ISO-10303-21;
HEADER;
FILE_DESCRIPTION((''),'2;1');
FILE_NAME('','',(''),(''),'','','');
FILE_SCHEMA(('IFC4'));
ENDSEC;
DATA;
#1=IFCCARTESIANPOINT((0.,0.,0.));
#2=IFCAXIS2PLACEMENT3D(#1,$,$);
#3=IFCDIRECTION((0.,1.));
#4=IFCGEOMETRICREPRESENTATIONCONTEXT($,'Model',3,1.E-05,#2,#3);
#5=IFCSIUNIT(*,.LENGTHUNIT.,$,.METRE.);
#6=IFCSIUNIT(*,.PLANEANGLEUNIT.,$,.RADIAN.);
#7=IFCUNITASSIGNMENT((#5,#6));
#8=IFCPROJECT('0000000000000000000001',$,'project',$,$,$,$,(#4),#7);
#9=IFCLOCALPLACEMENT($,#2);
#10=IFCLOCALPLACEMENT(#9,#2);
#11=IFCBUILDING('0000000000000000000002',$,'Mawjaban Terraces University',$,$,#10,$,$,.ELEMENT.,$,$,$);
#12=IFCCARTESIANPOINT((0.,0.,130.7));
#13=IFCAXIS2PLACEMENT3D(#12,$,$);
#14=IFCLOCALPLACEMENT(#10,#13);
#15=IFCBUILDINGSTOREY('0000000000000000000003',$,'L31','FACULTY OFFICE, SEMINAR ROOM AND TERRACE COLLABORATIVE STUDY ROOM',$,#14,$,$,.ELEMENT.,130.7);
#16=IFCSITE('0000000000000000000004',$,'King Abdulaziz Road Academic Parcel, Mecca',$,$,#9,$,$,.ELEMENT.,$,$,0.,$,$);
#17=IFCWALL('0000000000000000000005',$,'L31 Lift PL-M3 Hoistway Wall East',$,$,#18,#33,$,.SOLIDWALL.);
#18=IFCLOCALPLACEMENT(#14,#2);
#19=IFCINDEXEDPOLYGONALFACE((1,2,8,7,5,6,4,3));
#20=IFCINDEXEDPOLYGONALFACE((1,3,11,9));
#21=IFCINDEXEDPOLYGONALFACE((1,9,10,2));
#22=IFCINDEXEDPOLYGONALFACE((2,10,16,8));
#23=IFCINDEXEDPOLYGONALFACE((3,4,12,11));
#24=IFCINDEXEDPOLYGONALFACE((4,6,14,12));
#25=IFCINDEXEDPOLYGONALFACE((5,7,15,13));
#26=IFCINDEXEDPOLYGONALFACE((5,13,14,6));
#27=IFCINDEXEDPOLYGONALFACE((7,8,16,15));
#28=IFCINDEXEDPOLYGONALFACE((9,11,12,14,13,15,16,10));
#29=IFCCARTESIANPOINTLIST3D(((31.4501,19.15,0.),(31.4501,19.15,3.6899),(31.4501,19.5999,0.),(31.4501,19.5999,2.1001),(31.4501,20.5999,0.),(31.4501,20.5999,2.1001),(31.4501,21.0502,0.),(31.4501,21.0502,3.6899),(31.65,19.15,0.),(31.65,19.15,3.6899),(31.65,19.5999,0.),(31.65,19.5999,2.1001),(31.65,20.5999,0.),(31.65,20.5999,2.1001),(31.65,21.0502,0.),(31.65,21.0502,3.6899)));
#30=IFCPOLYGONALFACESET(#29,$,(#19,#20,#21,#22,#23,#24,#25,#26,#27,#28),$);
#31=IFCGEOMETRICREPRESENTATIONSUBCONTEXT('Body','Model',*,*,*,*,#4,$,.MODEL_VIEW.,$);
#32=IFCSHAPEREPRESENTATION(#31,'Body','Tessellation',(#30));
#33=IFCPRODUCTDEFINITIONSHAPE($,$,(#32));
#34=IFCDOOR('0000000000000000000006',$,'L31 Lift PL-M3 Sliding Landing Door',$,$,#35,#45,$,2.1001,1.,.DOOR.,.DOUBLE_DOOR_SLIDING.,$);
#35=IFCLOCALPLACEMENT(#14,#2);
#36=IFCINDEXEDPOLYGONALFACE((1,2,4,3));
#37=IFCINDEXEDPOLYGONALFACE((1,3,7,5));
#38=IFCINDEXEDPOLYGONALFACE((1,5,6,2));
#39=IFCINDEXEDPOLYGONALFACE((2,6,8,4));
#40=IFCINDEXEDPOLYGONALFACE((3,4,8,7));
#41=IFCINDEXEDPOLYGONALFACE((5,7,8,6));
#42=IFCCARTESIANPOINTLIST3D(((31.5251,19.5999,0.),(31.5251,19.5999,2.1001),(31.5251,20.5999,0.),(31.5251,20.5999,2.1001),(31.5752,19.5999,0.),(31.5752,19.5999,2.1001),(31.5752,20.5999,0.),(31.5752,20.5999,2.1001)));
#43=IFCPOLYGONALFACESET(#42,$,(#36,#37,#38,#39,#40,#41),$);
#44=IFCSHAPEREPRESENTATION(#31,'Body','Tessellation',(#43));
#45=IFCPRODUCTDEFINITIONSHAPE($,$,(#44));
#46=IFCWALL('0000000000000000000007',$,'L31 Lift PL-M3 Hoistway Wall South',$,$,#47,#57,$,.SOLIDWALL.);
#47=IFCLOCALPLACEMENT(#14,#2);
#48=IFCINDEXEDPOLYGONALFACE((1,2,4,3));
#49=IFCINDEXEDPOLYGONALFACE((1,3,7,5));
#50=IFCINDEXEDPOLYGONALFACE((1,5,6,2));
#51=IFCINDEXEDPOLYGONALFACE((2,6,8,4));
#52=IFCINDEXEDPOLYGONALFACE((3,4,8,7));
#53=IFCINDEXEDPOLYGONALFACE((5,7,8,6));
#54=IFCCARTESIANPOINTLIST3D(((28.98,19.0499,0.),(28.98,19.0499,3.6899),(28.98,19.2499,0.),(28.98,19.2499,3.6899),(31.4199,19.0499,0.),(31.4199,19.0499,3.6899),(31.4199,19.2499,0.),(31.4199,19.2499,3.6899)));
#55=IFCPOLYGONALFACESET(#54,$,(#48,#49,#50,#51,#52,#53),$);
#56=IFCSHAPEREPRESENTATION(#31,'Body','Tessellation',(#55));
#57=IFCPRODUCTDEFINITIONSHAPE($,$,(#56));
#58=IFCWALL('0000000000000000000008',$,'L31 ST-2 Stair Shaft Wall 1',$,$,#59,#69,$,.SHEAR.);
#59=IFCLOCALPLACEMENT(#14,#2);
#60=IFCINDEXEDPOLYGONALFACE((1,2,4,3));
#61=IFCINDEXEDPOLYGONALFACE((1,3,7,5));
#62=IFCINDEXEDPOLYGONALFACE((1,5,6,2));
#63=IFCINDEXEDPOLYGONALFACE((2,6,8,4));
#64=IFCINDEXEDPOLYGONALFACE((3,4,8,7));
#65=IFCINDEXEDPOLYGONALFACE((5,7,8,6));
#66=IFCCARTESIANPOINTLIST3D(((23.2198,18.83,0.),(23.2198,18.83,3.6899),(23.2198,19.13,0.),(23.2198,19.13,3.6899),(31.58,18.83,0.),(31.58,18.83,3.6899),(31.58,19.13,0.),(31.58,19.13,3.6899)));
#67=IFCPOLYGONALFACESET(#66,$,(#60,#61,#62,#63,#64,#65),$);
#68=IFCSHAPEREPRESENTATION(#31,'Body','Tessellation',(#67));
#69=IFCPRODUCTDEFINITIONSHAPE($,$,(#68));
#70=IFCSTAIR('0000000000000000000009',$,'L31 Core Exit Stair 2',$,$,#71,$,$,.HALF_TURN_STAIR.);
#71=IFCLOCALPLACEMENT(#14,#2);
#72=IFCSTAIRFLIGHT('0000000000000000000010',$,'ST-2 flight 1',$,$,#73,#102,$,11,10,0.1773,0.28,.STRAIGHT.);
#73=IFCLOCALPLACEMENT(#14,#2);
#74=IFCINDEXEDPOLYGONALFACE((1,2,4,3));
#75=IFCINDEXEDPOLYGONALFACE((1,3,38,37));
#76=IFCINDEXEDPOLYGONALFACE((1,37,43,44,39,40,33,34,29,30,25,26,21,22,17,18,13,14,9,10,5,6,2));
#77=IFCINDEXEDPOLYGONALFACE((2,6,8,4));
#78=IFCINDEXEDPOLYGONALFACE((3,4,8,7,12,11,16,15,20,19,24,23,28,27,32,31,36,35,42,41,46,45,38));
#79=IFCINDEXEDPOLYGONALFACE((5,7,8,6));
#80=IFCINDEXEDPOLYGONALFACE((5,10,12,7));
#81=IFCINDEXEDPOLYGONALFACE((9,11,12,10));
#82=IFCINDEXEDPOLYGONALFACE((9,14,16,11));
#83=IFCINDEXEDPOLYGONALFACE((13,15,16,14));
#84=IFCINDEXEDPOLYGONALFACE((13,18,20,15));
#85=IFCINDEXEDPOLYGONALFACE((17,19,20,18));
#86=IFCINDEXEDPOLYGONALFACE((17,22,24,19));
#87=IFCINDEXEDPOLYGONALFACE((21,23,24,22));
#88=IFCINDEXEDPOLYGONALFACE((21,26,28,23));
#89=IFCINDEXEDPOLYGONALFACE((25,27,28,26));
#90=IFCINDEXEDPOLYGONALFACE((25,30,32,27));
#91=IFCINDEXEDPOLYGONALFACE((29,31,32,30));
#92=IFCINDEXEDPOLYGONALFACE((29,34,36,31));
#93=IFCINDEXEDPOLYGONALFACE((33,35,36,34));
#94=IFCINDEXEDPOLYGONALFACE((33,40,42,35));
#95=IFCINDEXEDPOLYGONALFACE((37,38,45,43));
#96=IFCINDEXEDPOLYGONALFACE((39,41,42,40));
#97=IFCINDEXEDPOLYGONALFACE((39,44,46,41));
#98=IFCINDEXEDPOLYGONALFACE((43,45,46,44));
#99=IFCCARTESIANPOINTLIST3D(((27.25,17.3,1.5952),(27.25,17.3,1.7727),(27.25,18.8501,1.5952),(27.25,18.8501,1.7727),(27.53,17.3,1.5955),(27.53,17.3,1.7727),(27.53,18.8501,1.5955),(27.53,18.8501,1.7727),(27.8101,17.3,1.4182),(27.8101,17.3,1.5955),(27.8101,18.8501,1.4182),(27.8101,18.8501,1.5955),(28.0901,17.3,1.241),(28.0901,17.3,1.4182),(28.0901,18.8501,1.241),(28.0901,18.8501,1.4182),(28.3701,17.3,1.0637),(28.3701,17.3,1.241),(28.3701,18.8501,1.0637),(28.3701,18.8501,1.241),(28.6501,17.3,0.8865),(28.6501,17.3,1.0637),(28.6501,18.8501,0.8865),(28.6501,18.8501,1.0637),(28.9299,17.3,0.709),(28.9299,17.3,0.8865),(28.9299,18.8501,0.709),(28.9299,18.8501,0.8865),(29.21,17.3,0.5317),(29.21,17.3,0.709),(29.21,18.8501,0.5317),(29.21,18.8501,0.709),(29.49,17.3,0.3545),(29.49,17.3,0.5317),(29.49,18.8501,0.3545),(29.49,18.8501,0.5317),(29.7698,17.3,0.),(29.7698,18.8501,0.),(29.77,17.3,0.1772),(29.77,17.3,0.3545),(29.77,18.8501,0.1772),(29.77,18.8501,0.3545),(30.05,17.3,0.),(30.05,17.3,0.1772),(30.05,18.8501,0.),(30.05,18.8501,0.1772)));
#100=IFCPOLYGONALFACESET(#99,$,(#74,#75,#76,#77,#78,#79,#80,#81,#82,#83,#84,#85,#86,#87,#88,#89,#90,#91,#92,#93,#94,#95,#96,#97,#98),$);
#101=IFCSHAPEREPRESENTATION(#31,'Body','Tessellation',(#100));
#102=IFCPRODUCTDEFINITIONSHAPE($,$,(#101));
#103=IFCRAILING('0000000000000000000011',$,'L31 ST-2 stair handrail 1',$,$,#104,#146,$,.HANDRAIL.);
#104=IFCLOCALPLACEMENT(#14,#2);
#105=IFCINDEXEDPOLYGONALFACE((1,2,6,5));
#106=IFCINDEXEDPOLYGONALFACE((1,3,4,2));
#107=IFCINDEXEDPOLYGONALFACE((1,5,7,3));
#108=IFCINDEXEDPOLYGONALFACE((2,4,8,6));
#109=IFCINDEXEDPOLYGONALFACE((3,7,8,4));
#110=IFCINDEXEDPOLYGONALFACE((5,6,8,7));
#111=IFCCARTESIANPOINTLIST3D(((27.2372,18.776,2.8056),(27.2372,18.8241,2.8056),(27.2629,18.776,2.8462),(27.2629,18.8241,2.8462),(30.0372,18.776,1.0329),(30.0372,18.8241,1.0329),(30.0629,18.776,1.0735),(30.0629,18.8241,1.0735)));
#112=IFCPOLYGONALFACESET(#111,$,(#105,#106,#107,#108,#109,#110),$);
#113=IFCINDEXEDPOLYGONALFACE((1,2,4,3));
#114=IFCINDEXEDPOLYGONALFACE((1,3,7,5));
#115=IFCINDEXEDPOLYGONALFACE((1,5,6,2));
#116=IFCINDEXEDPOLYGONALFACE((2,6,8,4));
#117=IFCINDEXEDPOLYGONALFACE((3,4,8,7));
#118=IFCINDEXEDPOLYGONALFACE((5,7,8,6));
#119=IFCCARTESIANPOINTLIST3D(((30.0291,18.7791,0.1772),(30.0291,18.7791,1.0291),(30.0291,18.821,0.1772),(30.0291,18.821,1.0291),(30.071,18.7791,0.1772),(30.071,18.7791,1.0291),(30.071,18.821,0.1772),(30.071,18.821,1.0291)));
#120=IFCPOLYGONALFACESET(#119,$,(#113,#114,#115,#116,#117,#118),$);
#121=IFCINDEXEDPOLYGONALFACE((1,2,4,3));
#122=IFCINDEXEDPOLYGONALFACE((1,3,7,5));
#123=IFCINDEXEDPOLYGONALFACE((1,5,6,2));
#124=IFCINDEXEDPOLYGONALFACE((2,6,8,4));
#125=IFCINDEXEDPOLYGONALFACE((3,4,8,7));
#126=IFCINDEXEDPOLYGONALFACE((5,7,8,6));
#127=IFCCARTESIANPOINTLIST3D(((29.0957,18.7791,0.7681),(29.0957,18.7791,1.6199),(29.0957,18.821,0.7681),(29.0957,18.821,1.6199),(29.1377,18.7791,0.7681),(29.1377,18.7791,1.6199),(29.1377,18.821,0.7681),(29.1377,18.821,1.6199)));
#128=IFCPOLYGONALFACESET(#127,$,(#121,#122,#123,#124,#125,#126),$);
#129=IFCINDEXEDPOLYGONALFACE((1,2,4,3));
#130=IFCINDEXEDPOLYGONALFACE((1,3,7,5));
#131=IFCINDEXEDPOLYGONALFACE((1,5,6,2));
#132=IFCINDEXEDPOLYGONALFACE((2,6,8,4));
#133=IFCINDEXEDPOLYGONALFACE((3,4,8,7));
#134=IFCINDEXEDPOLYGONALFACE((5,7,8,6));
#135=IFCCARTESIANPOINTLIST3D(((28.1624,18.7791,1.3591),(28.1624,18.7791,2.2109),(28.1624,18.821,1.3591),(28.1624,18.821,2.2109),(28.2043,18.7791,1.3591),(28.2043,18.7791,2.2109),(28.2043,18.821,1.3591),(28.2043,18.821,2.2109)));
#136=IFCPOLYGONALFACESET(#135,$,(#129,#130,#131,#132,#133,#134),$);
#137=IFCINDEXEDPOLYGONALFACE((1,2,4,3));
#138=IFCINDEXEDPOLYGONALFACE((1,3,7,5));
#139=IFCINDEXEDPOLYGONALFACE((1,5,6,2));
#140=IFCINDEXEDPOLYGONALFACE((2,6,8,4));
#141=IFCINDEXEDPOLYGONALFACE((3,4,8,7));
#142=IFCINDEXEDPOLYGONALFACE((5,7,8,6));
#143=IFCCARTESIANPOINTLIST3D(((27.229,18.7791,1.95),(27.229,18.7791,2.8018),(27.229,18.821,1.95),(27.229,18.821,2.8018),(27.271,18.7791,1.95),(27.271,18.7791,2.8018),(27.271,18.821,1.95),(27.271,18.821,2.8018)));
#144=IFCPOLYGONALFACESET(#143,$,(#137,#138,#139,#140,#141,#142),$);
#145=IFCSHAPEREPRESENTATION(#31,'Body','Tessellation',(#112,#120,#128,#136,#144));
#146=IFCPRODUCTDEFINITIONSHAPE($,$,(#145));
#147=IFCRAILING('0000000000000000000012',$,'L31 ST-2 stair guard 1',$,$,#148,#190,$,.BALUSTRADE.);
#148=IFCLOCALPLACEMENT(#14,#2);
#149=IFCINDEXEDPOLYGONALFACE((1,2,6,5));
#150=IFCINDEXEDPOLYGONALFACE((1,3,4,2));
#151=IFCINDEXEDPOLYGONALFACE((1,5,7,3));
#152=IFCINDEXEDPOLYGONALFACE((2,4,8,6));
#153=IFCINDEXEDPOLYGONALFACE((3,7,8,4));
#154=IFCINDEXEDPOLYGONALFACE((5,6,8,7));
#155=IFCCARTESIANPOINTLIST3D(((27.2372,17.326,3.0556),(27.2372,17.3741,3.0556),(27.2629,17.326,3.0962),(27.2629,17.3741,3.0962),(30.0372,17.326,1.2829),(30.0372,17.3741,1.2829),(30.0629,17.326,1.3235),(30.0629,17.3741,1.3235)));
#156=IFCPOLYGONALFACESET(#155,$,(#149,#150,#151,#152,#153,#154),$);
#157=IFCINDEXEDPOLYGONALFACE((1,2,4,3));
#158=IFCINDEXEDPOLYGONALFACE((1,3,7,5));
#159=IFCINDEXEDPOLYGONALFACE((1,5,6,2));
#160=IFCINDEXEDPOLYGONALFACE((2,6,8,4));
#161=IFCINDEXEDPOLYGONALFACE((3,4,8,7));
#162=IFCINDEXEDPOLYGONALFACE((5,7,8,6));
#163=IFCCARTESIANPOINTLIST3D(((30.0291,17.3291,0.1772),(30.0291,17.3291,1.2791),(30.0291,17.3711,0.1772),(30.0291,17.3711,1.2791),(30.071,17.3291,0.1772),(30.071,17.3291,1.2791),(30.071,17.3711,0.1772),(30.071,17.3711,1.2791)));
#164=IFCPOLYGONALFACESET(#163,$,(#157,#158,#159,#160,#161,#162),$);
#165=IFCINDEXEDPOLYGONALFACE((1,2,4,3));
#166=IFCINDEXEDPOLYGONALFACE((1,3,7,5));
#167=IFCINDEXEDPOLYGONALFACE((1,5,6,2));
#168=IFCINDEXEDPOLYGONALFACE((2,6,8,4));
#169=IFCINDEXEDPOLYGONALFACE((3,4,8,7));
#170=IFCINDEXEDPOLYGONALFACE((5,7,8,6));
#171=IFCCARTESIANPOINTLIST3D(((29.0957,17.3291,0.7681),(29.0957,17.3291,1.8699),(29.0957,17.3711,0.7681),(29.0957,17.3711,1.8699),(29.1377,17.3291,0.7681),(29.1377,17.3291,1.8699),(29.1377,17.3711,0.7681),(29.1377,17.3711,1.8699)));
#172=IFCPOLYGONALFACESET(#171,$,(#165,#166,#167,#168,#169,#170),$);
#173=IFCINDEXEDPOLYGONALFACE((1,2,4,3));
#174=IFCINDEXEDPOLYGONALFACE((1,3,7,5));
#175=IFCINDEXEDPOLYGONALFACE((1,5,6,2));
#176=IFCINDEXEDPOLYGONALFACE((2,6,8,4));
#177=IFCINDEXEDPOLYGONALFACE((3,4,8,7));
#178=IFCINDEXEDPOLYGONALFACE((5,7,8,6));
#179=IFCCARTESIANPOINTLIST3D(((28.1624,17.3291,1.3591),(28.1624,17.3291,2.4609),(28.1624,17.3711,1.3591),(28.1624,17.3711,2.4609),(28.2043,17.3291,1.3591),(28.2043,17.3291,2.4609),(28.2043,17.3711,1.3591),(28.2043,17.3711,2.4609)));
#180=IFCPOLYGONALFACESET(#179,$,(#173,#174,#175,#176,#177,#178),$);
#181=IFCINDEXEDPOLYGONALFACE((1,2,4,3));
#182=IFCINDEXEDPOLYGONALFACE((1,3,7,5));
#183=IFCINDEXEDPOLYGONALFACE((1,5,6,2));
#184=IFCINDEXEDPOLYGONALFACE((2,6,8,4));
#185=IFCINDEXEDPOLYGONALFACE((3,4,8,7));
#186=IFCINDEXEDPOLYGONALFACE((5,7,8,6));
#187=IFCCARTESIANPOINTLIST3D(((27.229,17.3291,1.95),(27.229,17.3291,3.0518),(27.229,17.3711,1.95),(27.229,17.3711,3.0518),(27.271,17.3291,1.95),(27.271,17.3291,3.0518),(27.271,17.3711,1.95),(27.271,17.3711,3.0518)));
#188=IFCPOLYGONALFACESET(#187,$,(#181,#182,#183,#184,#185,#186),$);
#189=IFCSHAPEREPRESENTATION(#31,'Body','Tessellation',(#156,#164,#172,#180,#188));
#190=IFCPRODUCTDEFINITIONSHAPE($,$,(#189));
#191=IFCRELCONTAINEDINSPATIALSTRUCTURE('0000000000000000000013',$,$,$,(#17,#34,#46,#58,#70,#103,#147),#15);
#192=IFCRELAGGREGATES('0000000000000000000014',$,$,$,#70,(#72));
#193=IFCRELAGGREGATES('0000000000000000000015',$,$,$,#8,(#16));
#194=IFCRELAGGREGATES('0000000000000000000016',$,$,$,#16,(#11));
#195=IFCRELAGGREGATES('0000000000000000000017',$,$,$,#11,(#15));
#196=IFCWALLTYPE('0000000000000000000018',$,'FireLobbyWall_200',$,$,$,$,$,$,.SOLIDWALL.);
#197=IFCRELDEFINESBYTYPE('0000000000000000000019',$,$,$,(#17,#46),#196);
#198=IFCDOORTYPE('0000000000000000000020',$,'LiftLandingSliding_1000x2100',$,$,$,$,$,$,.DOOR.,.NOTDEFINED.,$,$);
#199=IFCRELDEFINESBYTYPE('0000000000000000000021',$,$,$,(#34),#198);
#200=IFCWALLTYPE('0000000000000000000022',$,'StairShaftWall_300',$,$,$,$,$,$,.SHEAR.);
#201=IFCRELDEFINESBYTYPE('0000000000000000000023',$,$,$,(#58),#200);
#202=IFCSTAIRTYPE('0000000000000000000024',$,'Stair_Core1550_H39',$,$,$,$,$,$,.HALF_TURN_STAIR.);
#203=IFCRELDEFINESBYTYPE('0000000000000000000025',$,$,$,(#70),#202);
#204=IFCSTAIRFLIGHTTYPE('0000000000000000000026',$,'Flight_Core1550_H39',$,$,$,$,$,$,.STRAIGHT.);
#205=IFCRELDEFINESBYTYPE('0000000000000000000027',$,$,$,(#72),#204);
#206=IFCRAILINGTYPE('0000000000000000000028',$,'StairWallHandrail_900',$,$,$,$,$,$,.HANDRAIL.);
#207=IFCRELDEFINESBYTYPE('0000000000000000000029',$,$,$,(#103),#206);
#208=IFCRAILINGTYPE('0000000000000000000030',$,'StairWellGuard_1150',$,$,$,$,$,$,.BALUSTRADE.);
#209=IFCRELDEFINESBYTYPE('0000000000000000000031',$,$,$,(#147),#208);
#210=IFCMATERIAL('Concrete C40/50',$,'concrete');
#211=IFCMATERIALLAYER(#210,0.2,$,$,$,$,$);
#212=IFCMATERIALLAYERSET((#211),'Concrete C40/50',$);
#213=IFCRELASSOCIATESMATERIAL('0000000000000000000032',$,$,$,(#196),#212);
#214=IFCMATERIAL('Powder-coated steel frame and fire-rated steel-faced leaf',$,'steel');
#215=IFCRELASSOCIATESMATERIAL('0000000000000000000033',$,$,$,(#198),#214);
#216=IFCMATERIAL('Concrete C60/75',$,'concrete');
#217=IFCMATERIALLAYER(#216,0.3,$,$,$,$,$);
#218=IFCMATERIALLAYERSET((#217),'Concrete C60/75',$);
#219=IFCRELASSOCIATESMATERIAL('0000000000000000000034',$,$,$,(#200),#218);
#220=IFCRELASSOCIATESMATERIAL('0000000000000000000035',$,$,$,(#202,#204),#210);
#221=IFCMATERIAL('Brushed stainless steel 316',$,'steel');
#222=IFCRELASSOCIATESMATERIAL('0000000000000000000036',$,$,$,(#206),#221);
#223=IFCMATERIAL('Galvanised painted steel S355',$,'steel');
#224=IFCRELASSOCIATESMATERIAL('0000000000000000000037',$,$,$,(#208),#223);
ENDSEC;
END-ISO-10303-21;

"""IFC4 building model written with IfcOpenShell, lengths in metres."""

from ifc_helpers import new_model, si_unit, direction, frame, frame_2d, origin, origin_2d, place, context, subcontext, project, spatial, polyline, rectangle, outline, extrude, material, layer, layer_set, type_object, element, fill, aggregate, save


model = new_model("IFC4")

# Units and contexts
model_context = context("Model", 3, precision=1e-05, world=origin(), true_north=direction((0.0, 1.0)))
body_context = subcontext(model_context, "Body", "Model", "MODEL_VIEW")
ifc_project = project(units=[si_unit("LENGTHUNIT", "METRE"), si_unit("PLANEANGLEUNIT", "RADIAN")], contexts=[model_context])

# Site, building, storey
site_placement = place(None, origin())
site = spatial("IfcSite", under=ifc_project, at=site_placement, Name="King Abdulaziz Road Academic Parcel, Mecca", CompositionType="ELEMENT", RefElevation=0.0)
building_placement = place(site_placement, origin())
building = spatial("IfcBuilding", under=site, at=building_placement, Name="Mawjaban Terraces University", CompositionType="ELEMENT")
storey_placement = place(building_placement, frame((0.0, 0.0, 130.7)))
storey = spatial("IfcBuildingStorey", under=building, at=storey_placement, Name="L31", Description="FACULTY OFFICE, SEMINAR ROOM AND TERRACE COLLABORATIVE STUDY ROOM", CompositionType="ELEMENT", Elevation=130.7)

# Shared definitions
ifc_material_1 = material(Name="Concrete C40/50", Category="concrete")
ifc_layer_1 = layer(ifc_material_1, 0.2)
ifc_layer_set_1 = layer_set([ifc_layer_1], Name="Concrete C40/50")
wall_type_1 = type_object("IfcWallType", Name="FireLobbyWall_200", PredefinedType="SOLIDWALL", material=ifc_layer_set_1)

# Shared definitions
ifc_material_2 = material(Name="Powder-coated steel frame and fire-rated steel-faced leaf", Category="steel")
door_type_1 = type_object("IfcDoorType", Name="LiftLandingSliding_1000x2100", OperationType="NOTDEFINED", PredefinedType="DOOR", material=ifc_material_2)

# Wall, opening, door
wall_1_placement = place(storey_placement, frame((31.55, 19.1499, 0.0), z_axis=(0.0, 0.0, 1.0), x_axis=(0.0, 1.0, 0.0)))
wall_1 = element("IfcWall", 1, at=wall_1_placement, inside=storey, type_object=wall_type_1, Name="L31 Lift PL-M3 Hoistway Wall East", PredefinedType="SOLIDWALL", context=body_context, shape_type="SweptSolid", body=[
    extrude(rectangle(XDim=1.9001, YDim=0.2, at=frame_2d((0.9502, 0.0))), origin(), (0.0, 0.0, 1.0), 3.6899),
])
opening_1_placement = place(wall_1_placement, frame((0.45, 0.0, 0.0)))
opening_1 = element("IfcOpeningElement", 2, at=opening_1_placement, cuts=wall_1, PredefinedType="OPENING", context=body_context, shape_type="SweptSolid", body=[
    extrude(rectangle(XDim=1.0, YDim=2.1001, at=frame_2d((0.5, 1.05))), frame((0.0, 0.1099, 0.0), z_axis=(0.0, -1.0, 0.0), x_axis=(1.0, 0.0, 0.0)), (0.0, 0.0, 1.0), 0.22),
])
door_1_placement = place(opening_1_placement, origin())
door_1 = element("IfcDoor", 3, at=door_1_placement, inside=storey, type_object=door_type_1, Name="L31 Lift PL-M3 Sliding Landing Door", OperationType="DOUBLE_DOOR_SLIDING", OverallHeight=2.1001, OverallWidth=1.0, PredefinedType="DOOR", context=body_context, shape_type="SweptSolid", body=[
    extrude(rectangle(XDim=1.0, YDim=2.1001, at=frame_2d((0.5, 1.05))), frame((0.0, 0.0249, 0.0), z_axis=(0.0, -1.0, 0.0), x_axis=(1.0, 0.0, 0.0)), (0.0, 0.0, 1.0), 0.05),
])
fill(opening_1, door_1)

# Walls
wall_2_placement = place(storey_placement, frame((28.98, 19.1499, 0.0), z_axis=(0.0, 0.0, 1.0), x_axis=(1.0, 0.0, 0.0)))
element("IfcWall", 4, at=wall_2_placement, inside=storey, type_object=wall_type_1, Name="L31 Lift PL-M3 Hoistway Wall South", PredefinedType="SOLIDWALL", context=body_context, shape_type="SweptSolid", body=[
    extrude(rectangle(XDim=2.4399, YDim=0.2, at=frame_2d((1.22, 0.0))), origin(), (0.0, 0.0, 1.0), 3.6899),
])
ifc_material_3 = material(Name="Concrete C60/75", Category="concrete")
ifc_layer_2 = layer(ifc_material_3, 0.3)
ifc_layer_set_2 = layer_set([ifc_layer_2], Name="Concrete C60/75")
wall_type_2 = type_object("IfcWallType", Name="StairShaftWall_300", PredefinedType="SHEAR", material=ifc_layer_set_2)
wall_3_placement = place(storey_placement, frame((31.5801, 18.98, 0.0), z_axis=(0.0, 0.0, 1.0), x_axis=(-1.0, 0.0, 0.0)))
element("IfcWall", 5, at=wall_3_placement, inside=storey, type_object=wall_type_2, Name="L31 ST-2 Stair Shaft Wall 1", PredefinedType="SHEAR", context=body_context, shape_type="SweptSolid", body=[
    extrude(rectangle(XDim=8.3601, YDim=0.3, at=frame_2d((4.1802, 0.0))), origin(), (0.0, 0.0, 1.0), 3.6899),
])

# Stair, stair flight
stair_type = type_object("IfcStairType", Name="Stair_Core1550_H39", PredefinedType="HALF_TURN_STAIR", material=ifc_material_1)
stair_placement = place(storey_placement, origin())
stair = element("IfcStair", 6, at=stair_placement, inside=storey, type_object=stair_type, Name="L31 Core Exit Stair 2", PredefinedType="HALF_TURN_STAIR")
stair_flight_type = type_object("IfcStairFlightType", Name="Flight_Core1550_H39", PredefinedType="STRAIGHT", material=ifc_material_1)
stair_flight_placement = place(storey_placement, frame((30.05, 18.075, 0.0), z_axis=(0.0, 0.0, 1.0), x_axis=(-1.0, 0.0, 0.0)))
stair_flight = element("IfcStairFlight", 7, at=stair_flight_placement, type_object=stair_flight_type, Name="ST-2 flight 1", NumberOfRisers=11, NumberOfTreads=10, PredefinedType="STRAIGHT", RiserHeight=0.1773, TreadLength=0.28, context=body_context, shape_type="SweptSolid", body=[
    extrude(outline(polyline([(0.0, 0.0), (0.0, 0.1772), (0.28, 0.1772), (0.28, 0.3545), (0.5601, 0.3545), (0.5601, 0.5317), (0.8401, 0.5317), (0.8401, 0.709), (1.1201, 0.709), (1.1201, 0.8865), (1.3999, 0.8865), (1.3999, 1.0637), (1.6799, 1.0637), (1.6799, 1.241), (1.96, 1.241), (1.96, 1.4182), (2.24, 1.4182), (2.24, 1.5955), (2.52, 1.5955), (2.52, 1.7727), (2.8, 1.7727), (2.8, 1.95), (2.8, 1.5952), (0.2803, 0.0), (0.0, 0.0)])), frame((0.0, 0.7749, 0.0), z_axis=(0.0, -1.0, 0.0), x_axis=(1.0, 0.0, 0.0)), (0.0, 0.0, 1.0), 1.55),
])
aggregate(stair, [stair_flight])

# Railings
ifc_material_4 = material(Name="Brushed stainless steel 316", Category="steel")
railing_type_1 = type_object("IfcRailingType", Name="StairWallHandrail_900", PredefinedType="HANDRAIL", material=ifc_material_4)
railing_1_placement = place(storey_placement, frame((30.05, 18.8, 0.1772)))
element("IfcRailing", 8, at=railing_1_placement, inside=storey, type_object=railing_type_1, Name="L31 ST-2 stair handrail 1", PredefinedType="HANDRAIL", context=body_context, shape_type="SweptSolid", body=[
    extrude(rectangle(XDim=0.0481, YDim=0.0481, at=origin_2d()), frame((0.0, 0.0, 0.876), z_axis=(-0.844909, 0.0, 0.53491), x_axis=(0.0, -1.0, 0.0)), (0.0, 0.0, 1.0), 3.314),
    extrude(rectangle(XDim=0.042, YDim=0.042, at=origin_2d()), origin(), (0.0, 0.0, 1.0), 0.8518),
    extrude(rectangle(XDim=0.042, YDim=0.042, at=origin_2d()), frame((-0.9333, 0.0, 0.5908)), (0.0, 0.0, 1.0), 0.8518),
    extrude(rectangle(XDim=0.042, YDim=0.042, at=origin_2d()), frame((-1.8667, 0.0, 1.1819)), (0.0, 0.0, 1.0), 0.8518),
    extrude(rectangle(XDim=0.042, YDim=0.042, at=origin_2d()), frame((-2.8, 0.0, 1.7727)), (0.0, 0.0, 1.0), 0.8518),
])
ifc_material_5 = material(Name="Galvanised painted steel S355", Category="steel")
railing_type_2 = type_object("IfcRailingType", Name="StairWellGuard_1150", PredefinedType="BALUSTRADE", material=ifc_material_5)
railing_2_placement = place(storey_placement, frame((30.05, 17.3501, 0.1772)))
element("IfcRailing", 9, at=railing_2_placement, inside=storey, type_object=railing_type_2, Name="L31 ST-2 stair guard 1", PredefinedType="BALUSTRADE", context=body_context, shape_type="SweptSolid", body=[
    extrude(rectangle(XDim=0.0481, YDim=0.0481, at=origin_2d()), frame((0.0, 0.0, 1.126), z_axis=(-0.844909, 0.0, 0.53491), x_axis=(0.0, -1.0, 0.0)), (0.0, 0.0, 1.0), 3.314),
    extrude(rectangle(XDim=0.042, YDim=0.042, at=origin_2d()), origin(), (0.0, 0.0, 1.0), 1.1018),
    extrude(rectangle(XDim=0.042, YDim=0.042, at=origin_2d()), frame((-0.9333, 0.0, 0.5908)), (0.0, 0.0, 1.0), 1.1018),
    extrude(rectangle(XDim=0.042, YDim=0.042, at=origin_2d()), frame((-1.8667, 0.0, 1.1819)), (0.0, 0.0, 1.0), 1.1018),
    extrude(rectangle(XDim=0.042, YDim=0.042, at=origin_2d()), frame((-2.8, 0.0, 1.7727)), (0.0, 0.0, 1.0), 1.1018),
])

save(model, "model.ifc")
